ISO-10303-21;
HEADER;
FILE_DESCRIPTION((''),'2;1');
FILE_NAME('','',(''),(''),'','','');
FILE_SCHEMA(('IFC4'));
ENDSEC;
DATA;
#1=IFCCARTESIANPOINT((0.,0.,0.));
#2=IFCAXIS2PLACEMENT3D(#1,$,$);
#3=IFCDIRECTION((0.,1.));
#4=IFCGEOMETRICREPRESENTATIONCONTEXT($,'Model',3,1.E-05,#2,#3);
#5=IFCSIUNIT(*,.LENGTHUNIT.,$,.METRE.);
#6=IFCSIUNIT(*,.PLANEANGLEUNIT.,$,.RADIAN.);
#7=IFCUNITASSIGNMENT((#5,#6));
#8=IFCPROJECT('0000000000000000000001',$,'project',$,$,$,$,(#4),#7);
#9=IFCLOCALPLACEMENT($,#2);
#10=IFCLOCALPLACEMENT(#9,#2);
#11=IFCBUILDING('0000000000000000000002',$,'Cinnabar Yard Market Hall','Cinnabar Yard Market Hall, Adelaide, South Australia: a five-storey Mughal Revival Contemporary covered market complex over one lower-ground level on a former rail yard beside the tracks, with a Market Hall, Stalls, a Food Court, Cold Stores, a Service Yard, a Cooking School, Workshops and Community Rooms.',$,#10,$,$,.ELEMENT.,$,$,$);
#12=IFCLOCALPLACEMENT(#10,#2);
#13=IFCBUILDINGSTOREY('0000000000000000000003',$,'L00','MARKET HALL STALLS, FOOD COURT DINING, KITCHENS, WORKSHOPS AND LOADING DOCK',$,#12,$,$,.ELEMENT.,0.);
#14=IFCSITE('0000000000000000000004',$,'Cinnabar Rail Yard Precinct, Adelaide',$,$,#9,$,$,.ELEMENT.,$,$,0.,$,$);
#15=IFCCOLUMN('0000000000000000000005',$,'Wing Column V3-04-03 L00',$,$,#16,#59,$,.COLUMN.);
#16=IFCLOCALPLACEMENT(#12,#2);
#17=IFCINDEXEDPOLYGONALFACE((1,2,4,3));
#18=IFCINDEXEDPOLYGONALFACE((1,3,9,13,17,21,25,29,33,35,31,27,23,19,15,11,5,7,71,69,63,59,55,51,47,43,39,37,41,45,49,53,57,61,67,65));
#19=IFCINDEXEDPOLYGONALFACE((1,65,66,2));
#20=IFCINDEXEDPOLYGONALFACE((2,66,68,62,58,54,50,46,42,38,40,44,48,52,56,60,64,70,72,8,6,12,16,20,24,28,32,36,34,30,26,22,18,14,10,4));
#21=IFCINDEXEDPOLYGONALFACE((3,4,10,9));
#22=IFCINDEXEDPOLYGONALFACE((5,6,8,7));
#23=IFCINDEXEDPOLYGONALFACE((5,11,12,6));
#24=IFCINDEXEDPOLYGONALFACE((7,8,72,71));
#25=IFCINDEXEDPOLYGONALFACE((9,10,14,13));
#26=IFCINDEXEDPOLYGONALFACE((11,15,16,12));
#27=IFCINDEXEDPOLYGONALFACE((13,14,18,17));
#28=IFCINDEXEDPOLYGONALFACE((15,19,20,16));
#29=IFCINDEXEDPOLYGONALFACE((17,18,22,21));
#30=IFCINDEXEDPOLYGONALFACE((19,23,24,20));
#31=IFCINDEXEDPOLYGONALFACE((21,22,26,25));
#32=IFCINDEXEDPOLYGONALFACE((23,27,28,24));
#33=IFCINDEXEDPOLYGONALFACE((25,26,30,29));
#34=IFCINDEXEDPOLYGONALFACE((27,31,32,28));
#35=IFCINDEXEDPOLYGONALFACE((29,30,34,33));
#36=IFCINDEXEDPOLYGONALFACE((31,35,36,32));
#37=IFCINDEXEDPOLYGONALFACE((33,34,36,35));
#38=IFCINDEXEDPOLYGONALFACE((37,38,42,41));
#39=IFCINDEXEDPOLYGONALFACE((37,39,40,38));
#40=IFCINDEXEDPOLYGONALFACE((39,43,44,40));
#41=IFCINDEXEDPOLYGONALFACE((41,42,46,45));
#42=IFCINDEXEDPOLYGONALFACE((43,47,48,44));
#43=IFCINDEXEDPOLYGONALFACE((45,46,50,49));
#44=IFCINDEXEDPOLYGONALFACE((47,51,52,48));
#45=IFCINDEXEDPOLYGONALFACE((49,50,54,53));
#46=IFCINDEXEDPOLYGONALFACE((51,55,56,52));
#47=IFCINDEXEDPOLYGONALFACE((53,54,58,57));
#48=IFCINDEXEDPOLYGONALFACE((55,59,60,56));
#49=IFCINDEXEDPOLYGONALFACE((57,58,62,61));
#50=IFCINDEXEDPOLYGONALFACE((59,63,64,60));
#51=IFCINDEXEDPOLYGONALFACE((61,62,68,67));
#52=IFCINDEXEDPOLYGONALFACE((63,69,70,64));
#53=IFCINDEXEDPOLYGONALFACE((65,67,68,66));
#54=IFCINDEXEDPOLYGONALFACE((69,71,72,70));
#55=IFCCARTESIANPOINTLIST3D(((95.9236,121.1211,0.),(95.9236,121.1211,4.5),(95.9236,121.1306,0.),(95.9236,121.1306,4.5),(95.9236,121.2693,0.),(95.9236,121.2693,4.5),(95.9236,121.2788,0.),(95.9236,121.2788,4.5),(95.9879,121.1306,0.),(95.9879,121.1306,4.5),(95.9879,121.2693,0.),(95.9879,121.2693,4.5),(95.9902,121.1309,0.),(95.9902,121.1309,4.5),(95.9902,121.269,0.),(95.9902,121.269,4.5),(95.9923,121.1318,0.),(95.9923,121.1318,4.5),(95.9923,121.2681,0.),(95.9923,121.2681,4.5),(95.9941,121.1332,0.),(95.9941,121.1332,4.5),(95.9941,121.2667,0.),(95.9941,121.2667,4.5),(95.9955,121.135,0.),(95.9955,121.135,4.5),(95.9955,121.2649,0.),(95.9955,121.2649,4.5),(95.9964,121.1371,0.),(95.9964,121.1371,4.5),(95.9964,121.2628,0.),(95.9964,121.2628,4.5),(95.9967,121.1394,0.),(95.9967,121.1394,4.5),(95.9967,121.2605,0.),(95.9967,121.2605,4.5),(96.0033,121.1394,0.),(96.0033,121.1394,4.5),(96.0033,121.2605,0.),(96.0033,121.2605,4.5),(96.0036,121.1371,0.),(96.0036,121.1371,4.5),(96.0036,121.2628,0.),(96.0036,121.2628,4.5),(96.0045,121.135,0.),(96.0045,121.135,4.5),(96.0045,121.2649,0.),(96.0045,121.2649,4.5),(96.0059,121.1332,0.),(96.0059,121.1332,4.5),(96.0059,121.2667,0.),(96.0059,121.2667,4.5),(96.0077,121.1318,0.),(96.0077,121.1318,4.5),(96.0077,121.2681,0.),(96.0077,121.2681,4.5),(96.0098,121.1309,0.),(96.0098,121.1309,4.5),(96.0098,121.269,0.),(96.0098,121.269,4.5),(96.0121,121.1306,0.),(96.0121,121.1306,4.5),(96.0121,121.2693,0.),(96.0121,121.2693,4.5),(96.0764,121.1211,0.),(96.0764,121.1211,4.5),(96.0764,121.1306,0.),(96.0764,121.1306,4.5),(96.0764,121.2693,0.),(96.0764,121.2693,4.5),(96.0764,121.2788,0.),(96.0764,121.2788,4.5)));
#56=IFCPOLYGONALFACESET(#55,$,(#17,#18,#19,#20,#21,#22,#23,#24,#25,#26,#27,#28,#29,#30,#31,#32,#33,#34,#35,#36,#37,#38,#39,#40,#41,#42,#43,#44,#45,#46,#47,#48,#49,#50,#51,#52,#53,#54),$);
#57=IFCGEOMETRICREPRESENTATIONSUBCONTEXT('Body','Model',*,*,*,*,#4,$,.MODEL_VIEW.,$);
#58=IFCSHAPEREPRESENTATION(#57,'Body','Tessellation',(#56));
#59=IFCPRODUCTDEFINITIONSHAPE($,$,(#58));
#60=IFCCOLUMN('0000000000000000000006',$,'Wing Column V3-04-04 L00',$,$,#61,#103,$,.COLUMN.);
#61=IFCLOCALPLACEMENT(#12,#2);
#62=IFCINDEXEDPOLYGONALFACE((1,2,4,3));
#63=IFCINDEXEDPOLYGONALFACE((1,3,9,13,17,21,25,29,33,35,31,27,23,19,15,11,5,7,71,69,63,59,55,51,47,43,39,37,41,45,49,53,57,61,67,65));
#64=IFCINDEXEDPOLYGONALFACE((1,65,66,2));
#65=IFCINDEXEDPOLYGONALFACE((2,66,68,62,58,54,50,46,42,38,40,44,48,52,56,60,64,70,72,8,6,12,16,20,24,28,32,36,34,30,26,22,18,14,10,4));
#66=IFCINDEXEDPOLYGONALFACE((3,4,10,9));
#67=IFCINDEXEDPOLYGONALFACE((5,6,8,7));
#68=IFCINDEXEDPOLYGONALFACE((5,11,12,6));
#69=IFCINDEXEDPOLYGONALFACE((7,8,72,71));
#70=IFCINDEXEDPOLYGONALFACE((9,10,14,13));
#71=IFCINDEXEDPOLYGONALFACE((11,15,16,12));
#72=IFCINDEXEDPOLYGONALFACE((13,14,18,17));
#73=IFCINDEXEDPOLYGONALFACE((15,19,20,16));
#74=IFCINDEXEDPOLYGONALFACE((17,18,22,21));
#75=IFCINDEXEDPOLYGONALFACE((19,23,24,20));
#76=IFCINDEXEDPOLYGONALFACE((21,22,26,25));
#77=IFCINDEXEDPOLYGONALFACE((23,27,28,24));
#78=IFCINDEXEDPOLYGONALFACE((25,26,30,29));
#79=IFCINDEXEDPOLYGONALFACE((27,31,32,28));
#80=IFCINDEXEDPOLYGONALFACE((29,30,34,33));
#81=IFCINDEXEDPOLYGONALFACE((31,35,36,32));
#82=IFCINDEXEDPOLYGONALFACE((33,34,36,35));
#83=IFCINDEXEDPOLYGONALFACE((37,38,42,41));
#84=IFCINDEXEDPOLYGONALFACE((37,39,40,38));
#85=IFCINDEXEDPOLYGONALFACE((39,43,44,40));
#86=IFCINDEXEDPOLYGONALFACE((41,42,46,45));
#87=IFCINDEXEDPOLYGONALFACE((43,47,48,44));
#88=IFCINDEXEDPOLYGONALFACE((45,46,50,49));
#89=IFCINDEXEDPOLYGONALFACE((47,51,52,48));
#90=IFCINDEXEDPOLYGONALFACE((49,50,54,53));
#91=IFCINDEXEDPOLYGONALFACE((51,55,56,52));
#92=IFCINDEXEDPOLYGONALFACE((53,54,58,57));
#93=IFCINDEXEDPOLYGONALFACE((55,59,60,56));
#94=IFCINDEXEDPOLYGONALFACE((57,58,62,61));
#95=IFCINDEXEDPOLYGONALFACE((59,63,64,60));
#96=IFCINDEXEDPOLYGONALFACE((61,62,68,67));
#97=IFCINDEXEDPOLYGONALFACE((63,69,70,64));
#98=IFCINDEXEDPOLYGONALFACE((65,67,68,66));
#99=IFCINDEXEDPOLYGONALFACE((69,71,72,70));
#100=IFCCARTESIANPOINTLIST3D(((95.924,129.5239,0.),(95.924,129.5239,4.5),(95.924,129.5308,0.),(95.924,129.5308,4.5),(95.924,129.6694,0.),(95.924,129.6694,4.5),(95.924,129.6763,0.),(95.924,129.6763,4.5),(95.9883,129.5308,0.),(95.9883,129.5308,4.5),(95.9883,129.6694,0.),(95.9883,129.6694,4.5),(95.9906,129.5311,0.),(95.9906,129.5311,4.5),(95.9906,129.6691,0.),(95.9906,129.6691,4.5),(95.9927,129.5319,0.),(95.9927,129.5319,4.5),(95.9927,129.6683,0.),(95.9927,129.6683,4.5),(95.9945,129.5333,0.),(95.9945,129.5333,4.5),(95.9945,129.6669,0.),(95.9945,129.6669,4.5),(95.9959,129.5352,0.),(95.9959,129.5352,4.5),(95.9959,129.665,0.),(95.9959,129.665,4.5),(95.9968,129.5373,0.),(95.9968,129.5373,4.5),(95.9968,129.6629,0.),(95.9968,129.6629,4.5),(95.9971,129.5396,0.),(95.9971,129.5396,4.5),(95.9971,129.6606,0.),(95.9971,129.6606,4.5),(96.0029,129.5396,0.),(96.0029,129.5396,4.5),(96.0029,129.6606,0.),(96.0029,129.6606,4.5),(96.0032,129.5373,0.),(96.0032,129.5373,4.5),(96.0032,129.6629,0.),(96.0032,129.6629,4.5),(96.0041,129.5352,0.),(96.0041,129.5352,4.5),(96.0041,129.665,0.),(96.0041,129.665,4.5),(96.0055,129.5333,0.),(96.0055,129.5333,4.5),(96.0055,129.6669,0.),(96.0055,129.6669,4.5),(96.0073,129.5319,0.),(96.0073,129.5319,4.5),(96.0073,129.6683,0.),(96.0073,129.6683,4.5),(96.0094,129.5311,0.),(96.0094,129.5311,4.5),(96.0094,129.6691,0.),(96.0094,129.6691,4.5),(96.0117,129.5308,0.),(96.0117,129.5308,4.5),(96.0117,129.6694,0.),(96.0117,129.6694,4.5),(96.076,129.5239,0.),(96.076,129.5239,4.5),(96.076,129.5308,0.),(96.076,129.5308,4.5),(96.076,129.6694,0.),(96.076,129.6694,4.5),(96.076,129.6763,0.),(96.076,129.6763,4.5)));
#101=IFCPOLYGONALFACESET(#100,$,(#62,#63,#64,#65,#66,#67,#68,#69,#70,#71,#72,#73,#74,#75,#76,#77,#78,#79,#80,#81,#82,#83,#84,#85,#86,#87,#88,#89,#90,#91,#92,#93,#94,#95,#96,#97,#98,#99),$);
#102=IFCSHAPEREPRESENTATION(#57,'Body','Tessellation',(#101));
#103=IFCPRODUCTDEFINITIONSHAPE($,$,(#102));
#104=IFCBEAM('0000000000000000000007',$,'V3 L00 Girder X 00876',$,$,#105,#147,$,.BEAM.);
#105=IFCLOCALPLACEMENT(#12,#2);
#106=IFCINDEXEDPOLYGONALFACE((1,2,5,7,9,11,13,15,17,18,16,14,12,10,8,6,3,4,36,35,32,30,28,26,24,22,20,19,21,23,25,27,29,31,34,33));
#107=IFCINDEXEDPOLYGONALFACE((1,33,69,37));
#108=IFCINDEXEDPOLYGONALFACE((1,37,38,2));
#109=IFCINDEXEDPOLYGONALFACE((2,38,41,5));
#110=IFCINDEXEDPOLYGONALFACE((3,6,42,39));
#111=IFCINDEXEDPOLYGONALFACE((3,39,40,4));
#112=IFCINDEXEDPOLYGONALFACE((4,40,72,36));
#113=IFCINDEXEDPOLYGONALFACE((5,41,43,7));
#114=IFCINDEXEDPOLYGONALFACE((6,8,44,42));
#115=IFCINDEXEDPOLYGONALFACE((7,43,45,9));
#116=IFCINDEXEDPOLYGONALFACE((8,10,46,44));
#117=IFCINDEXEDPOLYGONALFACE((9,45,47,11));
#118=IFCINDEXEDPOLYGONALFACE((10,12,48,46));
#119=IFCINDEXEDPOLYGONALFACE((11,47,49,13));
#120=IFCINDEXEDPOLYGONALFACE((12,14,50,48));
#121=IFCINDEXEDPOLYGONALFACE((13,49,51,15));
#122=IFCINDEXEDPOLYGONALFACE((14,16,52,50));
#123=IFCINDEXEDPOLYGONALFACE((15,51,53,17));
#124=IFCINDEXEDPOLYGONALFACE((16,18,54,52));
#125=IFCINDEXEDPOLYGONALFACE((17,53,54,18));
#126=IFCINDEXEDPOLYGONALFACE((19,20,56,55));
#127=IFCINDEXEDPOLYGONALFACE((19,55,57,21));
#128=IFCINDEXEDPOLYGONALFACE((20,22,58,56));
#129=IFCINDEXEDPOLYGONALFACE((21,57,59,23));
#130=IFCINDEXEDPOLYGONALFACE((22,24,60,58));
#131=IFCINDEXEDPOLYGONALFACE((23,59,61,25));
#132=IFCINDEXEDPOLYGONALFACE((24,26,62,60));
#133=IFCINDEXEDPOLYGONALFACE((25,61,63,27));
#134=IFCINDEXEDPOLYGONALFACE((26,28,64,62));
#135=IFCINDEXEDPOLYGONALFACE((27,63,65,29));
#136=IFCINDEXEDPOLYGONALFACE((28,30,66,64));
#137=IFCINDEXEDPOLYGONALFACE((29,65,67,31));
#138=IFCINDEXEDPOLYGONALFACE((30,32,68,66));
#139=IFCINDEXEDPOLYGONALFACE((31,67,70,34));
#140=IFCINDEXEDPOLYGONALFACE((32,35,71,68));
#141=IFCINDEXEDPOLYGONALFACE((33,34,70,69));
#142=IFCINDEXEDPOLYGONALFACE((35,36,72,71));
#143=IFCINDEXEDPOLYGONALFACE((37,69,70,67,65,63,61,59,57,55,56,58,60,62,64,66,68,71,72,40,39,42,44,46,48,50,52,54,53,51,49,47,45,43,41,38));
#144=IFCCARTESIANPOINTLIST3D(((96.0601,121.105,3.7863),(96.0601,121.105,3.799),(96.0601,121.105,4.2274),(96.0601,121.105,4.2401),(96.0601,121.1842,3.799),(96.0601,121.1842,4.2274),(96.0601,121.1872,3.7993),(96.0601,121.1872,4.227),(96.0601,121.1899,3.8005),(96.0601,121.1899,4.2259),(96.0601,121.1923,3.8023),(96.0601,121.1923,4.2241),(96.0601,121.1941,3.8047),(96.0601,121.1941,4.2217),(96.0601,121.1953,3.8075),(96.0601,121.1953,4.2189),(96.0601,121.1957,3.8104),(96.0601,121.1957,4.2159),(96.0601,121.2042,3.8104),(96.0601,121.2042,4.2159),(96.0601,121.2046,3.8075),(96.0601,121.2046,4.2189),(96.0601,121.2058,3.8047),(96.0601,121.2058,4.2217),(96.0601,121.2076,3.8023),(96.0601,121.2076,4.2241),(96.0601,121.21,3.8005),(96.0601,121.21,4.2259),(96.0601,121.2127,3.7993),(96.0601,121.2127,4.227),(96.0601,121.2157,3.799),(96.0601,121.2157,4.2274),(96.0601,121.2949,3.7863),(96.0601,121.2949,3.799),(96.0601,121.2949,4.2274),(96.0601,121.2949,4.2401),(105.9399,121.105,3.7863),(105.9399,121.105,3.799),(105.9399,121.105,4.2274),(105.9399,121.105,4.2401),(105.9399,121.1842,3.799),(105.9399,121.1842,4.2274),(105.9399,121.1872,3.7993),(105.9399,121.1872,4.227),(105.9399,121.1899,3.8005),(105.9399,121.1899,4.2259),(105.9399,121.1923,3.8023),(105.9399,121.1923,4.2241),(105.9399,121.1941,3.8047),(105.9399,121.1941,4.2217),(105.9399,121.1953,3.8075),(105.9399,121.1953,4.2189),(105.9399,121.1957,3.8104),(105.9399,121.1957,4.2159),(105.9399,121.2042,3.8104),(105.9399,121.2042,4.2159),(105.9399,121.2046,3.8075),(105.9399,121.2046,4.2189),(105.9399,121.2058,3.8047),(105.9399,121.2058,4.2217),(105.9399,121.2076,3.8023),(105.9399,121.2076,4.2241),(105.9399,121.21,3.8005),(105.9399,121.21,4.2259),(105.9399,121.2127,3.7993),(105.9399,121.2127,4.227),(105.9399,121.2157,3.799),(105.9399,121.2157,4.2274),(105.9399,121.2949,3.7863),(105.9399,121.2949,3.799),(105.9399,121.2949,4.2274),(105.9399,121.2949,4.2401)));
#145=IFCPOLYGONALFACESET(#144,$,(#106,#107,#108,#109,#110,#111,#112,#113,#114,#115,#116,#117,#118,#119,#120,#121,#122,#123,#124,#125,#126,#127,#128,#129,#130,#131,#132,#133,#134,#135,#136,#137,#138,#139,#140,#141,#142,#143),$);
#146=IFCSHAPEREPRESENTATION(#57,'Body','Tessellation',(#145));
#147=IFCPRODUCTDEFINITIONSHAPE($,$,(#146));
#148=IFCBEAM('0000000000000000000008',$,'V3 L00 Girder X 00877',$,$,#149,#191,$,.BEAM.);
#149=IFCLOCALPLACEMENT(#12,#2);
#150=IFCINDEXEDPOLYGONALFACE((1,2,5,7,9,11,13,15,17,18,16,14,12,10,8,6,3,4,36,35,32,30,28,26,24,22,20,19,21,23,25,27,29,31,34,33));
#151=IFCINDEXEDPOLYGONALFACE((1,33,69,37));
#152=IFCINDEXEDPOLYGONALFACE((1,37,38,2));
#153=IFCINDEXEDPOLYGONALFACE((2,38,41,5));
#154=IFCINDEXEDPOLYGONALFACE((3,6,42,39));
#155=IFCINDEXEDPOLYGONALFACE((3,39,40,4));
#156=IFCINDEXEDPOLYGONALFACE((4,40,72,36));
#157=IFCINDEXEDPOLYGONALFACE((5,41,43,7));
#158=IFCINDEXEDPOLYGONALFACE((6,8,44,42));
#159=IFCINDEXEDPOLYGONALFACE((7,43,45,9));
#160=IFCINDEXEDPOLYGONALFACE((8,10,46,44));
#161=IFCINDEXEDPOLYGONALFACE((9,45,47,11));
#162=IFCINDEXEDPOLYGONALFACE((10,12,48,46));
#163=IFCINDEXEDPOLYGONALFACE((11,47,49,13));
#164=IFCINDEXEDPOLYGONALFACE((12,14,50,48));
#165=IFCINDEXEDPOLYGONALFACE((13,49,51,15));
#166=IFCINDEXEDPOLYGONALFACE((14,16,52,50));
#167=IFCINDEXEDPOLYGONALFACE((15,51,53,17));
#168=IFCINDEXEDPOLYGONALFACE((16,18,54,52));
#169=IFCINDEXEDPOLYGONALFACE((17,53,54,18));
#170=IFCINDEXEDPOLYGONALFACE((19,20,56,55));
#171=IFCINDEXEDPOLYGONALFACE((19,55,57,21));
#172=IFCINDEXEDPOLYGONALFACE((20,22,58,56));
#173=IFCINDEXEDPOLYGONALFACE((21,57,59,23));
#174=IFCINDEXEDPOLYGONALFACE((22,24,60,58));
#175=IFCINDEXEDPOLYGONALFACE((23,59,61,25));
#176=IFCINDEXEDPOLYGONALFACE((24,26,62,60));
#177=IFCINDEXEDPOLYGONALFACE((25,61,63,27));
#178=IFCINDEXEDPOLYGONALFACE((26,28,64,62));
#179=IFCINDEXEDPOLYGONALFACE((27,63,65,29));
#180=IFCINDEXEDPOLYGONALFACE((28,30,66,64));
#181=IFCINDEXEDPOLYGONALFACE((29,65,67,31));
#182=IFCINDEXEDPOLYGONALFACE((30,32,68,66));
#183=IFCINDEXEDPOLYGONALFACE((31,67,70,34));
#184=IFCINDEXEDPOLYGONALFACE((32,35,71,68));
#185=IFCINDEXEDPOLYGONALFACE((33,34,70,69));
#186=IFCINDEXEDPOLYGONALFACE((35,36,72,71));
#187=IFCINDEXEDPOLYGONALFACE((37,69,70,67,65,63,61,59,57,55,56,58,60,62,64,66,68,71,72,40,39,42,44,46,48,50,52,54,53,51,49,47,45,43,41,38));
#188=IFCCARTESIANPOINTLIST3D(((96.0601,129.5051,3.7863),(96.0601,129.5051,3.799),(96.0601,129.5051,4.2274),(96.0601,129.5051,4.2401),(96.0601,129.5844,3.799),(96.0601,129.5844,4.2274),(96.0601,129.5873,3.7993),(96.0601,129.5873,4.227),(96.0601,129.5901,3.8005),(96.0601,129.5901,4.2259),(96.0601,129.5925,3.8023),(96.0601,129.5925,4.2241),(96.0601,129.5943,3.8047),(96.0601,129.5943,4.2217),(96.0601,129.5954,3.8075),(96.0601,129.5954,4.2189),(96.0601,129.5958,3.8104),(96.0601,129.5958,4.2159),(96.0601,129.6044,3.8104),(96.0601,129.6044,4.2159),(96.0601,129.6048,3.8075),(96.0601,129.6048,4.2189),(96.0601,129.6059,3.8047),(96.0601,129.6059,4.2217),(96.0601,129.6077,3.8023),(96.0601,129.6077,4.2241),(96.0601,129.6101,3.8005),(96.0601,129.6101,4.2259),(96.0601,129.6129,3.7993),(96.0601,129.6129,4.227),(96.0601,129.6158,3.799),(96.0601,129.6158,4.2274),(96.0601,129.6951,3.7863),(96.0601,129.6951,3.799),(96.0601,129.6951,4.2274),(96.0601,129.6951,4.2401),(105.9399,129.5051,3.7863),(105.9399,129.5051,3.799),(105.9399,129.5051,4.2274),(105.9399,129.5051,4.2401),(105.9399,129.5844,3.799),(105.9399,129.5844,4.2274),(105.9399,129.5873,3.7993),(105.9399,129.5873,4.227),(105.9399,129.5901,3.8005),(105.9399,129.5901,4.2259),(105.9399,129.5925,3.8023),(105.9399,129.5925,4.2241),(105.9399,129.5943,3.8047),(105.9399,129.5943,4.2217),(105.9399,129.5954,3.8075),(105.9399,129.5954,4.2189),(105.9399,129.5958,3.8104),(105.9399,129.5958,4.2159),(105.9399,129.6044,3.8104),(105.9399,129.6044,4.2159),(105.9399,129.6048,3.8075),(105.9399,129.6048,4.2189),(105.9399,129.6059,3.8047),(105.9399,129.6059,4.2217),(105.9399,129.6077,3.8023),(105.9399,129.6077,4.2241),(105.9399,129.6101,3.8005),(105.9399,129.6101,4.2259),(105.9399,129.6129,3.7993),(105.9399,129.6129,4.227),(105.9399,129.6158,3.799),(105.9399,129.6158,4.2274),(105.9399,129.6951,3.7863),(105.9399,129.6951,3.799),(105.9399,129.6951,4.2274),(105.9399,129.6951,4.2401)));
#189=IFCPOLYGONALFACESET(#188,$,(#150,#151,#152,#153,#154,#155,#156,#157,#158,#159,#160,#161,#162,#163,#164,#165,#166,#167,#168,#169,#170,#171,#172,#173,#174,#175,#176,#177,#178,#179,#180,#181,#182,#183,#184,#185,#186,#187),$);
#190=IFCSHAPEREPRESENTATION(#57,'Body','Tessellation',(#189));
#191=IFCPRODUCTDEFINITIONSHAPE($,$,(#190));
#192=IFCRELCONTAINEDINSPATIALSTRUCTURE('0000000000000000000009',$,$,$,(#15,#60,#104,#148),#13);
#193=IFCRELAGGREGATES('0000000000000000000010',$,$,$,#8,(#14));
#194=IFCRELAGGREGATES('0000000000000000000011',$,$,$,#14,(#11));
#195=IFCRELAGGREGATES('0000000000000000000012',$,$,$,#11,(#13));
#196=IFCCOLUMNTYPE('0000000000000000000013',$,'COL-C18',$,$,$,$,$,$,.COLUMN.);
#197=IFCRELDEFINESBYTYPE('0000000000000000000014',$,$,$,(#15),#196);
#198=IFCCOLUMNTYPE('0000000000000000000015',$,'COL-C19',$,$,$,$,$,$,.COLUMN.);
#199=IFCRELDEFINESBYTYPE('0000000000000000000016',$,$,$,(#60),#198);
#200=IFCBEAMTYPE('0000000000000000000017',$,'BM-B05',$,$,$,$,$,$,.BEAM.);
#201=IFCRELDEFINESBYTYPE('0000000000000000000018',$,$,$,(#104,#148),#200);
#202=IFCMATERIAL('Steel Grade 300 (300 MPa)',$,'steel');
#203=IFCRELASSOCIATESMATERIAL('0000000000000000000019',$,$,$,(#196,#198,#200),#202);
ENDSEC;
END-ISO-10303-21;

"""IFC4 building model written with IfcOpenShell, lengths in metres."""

from ifc_helpers import new_model, si_unit, direction, frame, origin, origin_2d_with_axis, place, context, subcontext, project, spatial, i_section, extrude, material, material_profile, profile_set, type_object, element, save


model = new_model("IFC4")

# Units and contexts
model_context = context("Model", 3, precision=1e-05, world=origin(), true_north=direction((0.0, 1.0)))
body_context = subcontext(model_context, "Body", "Model", "MODEL_VIEW")
ifc_project = project(units=[si_unit("LENGTHUNIT", "METRE"), si_unit("PLANEANGLEUNIT", "RADIAN")], contexts=[model_context])

# Site, building, storey
site_placement = place(None, origin())
site = spatial("IfcSite", under=ifc_project, at=site_placement, Name="Cinnabar Rail Yard Precinct, Adelaide", CompositionType="ELEMENT", RefElevation=0.0)
building_placement = place(site_placement, origin())
building = spatial("IfcBuilding", under=site, at=building_placement, Name="Cinnabar Yard Market Hall", Description="Cinnabar Yard Market Hall, Adelaide, South Australia: a five-storey Mughal Revival Contemporary covered market complex over one lower-ground level on a former rail yard beside the tracks, with a Market Hall, Stalls, a Food Court, Cold Stores, a Service Yard, a Cooking School, Workshops and Community Rooms.", CompositionType="ELEMENT")
storey_placement = place(building_placement, origin())
storey = spatial("IfcBuildingStorey", under=building, at=storey_placement, Name="L00", Description="MARKET HALL STALLS, FOOD COURT DINING, KITCHENS, WORKSHOPS AND LOADING DOCK", CompositionType="ELEMENT", Elevation=0.0)

# Columns
ifc_material_1 = material(Name="Steel Grade 300 (300 MPa)", Category="steel")
ifc_material_profile_1 = material_profile(ifc_material_1, i_section(OverallWidth=0.1528, OverallDepth=0.1577, WebThickness=0.0066, FlangeThickness=0.0095, FilletRadius=0.0088, at=origin_2d_with_axis()), Name="150UC30.0")
ifc_profile_set_1 = profile_set([ifc_material_profile_1], Name="Steel Grade 300 (300 MPa)")
column_type_1 = type_object("IfcColumnType", Name="COL-C18", PredefinedType="COLUMN", material=ifc_profile_set_1)
column_1_placement = place(storey_placement, frame((96.0, 121.2, 0.0), z_axis=(0.0, 0.0, 1.0), x_axis=(1.0, 0.0, 0.0)))
element("IfcColumn", 1, at=column_1_placement, inside=storey, type_object=column_type_1, Name="Wing Column V3-04-03 L00", PredefinedType="COLUMN", context=body_context, shape_type="SweptSolid", body=[
    extrude(i_section(OverallWidth=0.1528, OverallDepth=0.1577, WebThickness=0.0066, FlangeThickness=0.0095, FilletRadius=0.0088, at=origin_2d_with_axis()), origin(), (0.0, 0.0, 1.0), 4.5),
])
ifc_material_profile_2 = material_profile(ifc_material_1, i_section(OverallWidth=0.1521, OverallDepth=0.1523, WebThickness=0.0059, FlangeThickness=0.0068, FilletRadius=0.0088, at=origin_2d_with_axis()), Name="150UC23.4")
ifc_profile_set_2 = profile_set([ifc_material_profile_2], Name="Steel Grade 300 (300 MPa)")
column_type_2 = type_object("IfcColumnType", Name="COL-C19", PredefinedType="COLUMN", material=ifc_profile_set_2)
column_2_placement = place(storey_placement, frame((96.0, 129.6001, 0.0), z_axis=(0.0, 0.0, 1.0), x_axis=(1.0, 0.0, 0.0)))
element("IfcColumn", 2, at=column_2_placement, inside=storey, type_object=column_type_2, Name="Wing Column V3-04-04 L00", PredefinedType="COLUMN", context=body_context, shape_type="SweptSolid", body=[
    extrude(i_section(OverallWidth=0.1521, OverallDepth=0.1523, WebThickness=0.0059, FlangeThickness=0.0068, FilletRadius=0.0088, at=origin_2d_with_axis()), origin(), (0.0, 0.0, 1.0), 4.5),
])

# Beams
ifc_material_profile_3 = material_profile(ifc_material_1, i_section(OverallWidth=0.1899, OverallDepth=0.4539, WebThickness=0.0085, FlangeThickness=0.0127, FilletRadius=0.0115, at=origin_2d_with_axis()), Name="460UB67.1")
ifc_profile_set_3 = profile_set([ifc_material_profile_3], Name="Steel Grade 300 (300 MPa)")
beam_type_1 = type_object("IfcBeamType", Name="BM-B05", PredefinedType="BEAM", material=ifc_profile_set_3)
for number, where, z_axis, x_axis, name in (
    (3, (96.0601, 121.2, 4.0132), (1.0, 0.0, 0.0), (0.0, 1.0, 0.0), "V3 L00 Girder X 00876"),
    (4, (96.0601, 129.6001, 4.0132), (1.0, 0.0, 0.0), (0.0, 1.0, 0.0), "V3 L00 Girder X 00877"),
):
    element("IfcBeam", number, at=place(storey_placement, frame(where, z_axis=z_axis, x_axis=x_axis)), inside=storey, type_object=beam_type_1, Name=name, PredefinedType="BEAM", context=body_context, shape_type="SweptSolid", body=[
        extrude(i_section(OverallWidth=0.1899, OverallDepth=0.4539, WebThickness=0.0085, FlangeThickness=0.0127, FilletRadius=0.0115, at=origin_2d_with_axis()), origin(), (0.0, 0.0, 1.0), 9.8799),
    ])

save(model, "model.ifc")
